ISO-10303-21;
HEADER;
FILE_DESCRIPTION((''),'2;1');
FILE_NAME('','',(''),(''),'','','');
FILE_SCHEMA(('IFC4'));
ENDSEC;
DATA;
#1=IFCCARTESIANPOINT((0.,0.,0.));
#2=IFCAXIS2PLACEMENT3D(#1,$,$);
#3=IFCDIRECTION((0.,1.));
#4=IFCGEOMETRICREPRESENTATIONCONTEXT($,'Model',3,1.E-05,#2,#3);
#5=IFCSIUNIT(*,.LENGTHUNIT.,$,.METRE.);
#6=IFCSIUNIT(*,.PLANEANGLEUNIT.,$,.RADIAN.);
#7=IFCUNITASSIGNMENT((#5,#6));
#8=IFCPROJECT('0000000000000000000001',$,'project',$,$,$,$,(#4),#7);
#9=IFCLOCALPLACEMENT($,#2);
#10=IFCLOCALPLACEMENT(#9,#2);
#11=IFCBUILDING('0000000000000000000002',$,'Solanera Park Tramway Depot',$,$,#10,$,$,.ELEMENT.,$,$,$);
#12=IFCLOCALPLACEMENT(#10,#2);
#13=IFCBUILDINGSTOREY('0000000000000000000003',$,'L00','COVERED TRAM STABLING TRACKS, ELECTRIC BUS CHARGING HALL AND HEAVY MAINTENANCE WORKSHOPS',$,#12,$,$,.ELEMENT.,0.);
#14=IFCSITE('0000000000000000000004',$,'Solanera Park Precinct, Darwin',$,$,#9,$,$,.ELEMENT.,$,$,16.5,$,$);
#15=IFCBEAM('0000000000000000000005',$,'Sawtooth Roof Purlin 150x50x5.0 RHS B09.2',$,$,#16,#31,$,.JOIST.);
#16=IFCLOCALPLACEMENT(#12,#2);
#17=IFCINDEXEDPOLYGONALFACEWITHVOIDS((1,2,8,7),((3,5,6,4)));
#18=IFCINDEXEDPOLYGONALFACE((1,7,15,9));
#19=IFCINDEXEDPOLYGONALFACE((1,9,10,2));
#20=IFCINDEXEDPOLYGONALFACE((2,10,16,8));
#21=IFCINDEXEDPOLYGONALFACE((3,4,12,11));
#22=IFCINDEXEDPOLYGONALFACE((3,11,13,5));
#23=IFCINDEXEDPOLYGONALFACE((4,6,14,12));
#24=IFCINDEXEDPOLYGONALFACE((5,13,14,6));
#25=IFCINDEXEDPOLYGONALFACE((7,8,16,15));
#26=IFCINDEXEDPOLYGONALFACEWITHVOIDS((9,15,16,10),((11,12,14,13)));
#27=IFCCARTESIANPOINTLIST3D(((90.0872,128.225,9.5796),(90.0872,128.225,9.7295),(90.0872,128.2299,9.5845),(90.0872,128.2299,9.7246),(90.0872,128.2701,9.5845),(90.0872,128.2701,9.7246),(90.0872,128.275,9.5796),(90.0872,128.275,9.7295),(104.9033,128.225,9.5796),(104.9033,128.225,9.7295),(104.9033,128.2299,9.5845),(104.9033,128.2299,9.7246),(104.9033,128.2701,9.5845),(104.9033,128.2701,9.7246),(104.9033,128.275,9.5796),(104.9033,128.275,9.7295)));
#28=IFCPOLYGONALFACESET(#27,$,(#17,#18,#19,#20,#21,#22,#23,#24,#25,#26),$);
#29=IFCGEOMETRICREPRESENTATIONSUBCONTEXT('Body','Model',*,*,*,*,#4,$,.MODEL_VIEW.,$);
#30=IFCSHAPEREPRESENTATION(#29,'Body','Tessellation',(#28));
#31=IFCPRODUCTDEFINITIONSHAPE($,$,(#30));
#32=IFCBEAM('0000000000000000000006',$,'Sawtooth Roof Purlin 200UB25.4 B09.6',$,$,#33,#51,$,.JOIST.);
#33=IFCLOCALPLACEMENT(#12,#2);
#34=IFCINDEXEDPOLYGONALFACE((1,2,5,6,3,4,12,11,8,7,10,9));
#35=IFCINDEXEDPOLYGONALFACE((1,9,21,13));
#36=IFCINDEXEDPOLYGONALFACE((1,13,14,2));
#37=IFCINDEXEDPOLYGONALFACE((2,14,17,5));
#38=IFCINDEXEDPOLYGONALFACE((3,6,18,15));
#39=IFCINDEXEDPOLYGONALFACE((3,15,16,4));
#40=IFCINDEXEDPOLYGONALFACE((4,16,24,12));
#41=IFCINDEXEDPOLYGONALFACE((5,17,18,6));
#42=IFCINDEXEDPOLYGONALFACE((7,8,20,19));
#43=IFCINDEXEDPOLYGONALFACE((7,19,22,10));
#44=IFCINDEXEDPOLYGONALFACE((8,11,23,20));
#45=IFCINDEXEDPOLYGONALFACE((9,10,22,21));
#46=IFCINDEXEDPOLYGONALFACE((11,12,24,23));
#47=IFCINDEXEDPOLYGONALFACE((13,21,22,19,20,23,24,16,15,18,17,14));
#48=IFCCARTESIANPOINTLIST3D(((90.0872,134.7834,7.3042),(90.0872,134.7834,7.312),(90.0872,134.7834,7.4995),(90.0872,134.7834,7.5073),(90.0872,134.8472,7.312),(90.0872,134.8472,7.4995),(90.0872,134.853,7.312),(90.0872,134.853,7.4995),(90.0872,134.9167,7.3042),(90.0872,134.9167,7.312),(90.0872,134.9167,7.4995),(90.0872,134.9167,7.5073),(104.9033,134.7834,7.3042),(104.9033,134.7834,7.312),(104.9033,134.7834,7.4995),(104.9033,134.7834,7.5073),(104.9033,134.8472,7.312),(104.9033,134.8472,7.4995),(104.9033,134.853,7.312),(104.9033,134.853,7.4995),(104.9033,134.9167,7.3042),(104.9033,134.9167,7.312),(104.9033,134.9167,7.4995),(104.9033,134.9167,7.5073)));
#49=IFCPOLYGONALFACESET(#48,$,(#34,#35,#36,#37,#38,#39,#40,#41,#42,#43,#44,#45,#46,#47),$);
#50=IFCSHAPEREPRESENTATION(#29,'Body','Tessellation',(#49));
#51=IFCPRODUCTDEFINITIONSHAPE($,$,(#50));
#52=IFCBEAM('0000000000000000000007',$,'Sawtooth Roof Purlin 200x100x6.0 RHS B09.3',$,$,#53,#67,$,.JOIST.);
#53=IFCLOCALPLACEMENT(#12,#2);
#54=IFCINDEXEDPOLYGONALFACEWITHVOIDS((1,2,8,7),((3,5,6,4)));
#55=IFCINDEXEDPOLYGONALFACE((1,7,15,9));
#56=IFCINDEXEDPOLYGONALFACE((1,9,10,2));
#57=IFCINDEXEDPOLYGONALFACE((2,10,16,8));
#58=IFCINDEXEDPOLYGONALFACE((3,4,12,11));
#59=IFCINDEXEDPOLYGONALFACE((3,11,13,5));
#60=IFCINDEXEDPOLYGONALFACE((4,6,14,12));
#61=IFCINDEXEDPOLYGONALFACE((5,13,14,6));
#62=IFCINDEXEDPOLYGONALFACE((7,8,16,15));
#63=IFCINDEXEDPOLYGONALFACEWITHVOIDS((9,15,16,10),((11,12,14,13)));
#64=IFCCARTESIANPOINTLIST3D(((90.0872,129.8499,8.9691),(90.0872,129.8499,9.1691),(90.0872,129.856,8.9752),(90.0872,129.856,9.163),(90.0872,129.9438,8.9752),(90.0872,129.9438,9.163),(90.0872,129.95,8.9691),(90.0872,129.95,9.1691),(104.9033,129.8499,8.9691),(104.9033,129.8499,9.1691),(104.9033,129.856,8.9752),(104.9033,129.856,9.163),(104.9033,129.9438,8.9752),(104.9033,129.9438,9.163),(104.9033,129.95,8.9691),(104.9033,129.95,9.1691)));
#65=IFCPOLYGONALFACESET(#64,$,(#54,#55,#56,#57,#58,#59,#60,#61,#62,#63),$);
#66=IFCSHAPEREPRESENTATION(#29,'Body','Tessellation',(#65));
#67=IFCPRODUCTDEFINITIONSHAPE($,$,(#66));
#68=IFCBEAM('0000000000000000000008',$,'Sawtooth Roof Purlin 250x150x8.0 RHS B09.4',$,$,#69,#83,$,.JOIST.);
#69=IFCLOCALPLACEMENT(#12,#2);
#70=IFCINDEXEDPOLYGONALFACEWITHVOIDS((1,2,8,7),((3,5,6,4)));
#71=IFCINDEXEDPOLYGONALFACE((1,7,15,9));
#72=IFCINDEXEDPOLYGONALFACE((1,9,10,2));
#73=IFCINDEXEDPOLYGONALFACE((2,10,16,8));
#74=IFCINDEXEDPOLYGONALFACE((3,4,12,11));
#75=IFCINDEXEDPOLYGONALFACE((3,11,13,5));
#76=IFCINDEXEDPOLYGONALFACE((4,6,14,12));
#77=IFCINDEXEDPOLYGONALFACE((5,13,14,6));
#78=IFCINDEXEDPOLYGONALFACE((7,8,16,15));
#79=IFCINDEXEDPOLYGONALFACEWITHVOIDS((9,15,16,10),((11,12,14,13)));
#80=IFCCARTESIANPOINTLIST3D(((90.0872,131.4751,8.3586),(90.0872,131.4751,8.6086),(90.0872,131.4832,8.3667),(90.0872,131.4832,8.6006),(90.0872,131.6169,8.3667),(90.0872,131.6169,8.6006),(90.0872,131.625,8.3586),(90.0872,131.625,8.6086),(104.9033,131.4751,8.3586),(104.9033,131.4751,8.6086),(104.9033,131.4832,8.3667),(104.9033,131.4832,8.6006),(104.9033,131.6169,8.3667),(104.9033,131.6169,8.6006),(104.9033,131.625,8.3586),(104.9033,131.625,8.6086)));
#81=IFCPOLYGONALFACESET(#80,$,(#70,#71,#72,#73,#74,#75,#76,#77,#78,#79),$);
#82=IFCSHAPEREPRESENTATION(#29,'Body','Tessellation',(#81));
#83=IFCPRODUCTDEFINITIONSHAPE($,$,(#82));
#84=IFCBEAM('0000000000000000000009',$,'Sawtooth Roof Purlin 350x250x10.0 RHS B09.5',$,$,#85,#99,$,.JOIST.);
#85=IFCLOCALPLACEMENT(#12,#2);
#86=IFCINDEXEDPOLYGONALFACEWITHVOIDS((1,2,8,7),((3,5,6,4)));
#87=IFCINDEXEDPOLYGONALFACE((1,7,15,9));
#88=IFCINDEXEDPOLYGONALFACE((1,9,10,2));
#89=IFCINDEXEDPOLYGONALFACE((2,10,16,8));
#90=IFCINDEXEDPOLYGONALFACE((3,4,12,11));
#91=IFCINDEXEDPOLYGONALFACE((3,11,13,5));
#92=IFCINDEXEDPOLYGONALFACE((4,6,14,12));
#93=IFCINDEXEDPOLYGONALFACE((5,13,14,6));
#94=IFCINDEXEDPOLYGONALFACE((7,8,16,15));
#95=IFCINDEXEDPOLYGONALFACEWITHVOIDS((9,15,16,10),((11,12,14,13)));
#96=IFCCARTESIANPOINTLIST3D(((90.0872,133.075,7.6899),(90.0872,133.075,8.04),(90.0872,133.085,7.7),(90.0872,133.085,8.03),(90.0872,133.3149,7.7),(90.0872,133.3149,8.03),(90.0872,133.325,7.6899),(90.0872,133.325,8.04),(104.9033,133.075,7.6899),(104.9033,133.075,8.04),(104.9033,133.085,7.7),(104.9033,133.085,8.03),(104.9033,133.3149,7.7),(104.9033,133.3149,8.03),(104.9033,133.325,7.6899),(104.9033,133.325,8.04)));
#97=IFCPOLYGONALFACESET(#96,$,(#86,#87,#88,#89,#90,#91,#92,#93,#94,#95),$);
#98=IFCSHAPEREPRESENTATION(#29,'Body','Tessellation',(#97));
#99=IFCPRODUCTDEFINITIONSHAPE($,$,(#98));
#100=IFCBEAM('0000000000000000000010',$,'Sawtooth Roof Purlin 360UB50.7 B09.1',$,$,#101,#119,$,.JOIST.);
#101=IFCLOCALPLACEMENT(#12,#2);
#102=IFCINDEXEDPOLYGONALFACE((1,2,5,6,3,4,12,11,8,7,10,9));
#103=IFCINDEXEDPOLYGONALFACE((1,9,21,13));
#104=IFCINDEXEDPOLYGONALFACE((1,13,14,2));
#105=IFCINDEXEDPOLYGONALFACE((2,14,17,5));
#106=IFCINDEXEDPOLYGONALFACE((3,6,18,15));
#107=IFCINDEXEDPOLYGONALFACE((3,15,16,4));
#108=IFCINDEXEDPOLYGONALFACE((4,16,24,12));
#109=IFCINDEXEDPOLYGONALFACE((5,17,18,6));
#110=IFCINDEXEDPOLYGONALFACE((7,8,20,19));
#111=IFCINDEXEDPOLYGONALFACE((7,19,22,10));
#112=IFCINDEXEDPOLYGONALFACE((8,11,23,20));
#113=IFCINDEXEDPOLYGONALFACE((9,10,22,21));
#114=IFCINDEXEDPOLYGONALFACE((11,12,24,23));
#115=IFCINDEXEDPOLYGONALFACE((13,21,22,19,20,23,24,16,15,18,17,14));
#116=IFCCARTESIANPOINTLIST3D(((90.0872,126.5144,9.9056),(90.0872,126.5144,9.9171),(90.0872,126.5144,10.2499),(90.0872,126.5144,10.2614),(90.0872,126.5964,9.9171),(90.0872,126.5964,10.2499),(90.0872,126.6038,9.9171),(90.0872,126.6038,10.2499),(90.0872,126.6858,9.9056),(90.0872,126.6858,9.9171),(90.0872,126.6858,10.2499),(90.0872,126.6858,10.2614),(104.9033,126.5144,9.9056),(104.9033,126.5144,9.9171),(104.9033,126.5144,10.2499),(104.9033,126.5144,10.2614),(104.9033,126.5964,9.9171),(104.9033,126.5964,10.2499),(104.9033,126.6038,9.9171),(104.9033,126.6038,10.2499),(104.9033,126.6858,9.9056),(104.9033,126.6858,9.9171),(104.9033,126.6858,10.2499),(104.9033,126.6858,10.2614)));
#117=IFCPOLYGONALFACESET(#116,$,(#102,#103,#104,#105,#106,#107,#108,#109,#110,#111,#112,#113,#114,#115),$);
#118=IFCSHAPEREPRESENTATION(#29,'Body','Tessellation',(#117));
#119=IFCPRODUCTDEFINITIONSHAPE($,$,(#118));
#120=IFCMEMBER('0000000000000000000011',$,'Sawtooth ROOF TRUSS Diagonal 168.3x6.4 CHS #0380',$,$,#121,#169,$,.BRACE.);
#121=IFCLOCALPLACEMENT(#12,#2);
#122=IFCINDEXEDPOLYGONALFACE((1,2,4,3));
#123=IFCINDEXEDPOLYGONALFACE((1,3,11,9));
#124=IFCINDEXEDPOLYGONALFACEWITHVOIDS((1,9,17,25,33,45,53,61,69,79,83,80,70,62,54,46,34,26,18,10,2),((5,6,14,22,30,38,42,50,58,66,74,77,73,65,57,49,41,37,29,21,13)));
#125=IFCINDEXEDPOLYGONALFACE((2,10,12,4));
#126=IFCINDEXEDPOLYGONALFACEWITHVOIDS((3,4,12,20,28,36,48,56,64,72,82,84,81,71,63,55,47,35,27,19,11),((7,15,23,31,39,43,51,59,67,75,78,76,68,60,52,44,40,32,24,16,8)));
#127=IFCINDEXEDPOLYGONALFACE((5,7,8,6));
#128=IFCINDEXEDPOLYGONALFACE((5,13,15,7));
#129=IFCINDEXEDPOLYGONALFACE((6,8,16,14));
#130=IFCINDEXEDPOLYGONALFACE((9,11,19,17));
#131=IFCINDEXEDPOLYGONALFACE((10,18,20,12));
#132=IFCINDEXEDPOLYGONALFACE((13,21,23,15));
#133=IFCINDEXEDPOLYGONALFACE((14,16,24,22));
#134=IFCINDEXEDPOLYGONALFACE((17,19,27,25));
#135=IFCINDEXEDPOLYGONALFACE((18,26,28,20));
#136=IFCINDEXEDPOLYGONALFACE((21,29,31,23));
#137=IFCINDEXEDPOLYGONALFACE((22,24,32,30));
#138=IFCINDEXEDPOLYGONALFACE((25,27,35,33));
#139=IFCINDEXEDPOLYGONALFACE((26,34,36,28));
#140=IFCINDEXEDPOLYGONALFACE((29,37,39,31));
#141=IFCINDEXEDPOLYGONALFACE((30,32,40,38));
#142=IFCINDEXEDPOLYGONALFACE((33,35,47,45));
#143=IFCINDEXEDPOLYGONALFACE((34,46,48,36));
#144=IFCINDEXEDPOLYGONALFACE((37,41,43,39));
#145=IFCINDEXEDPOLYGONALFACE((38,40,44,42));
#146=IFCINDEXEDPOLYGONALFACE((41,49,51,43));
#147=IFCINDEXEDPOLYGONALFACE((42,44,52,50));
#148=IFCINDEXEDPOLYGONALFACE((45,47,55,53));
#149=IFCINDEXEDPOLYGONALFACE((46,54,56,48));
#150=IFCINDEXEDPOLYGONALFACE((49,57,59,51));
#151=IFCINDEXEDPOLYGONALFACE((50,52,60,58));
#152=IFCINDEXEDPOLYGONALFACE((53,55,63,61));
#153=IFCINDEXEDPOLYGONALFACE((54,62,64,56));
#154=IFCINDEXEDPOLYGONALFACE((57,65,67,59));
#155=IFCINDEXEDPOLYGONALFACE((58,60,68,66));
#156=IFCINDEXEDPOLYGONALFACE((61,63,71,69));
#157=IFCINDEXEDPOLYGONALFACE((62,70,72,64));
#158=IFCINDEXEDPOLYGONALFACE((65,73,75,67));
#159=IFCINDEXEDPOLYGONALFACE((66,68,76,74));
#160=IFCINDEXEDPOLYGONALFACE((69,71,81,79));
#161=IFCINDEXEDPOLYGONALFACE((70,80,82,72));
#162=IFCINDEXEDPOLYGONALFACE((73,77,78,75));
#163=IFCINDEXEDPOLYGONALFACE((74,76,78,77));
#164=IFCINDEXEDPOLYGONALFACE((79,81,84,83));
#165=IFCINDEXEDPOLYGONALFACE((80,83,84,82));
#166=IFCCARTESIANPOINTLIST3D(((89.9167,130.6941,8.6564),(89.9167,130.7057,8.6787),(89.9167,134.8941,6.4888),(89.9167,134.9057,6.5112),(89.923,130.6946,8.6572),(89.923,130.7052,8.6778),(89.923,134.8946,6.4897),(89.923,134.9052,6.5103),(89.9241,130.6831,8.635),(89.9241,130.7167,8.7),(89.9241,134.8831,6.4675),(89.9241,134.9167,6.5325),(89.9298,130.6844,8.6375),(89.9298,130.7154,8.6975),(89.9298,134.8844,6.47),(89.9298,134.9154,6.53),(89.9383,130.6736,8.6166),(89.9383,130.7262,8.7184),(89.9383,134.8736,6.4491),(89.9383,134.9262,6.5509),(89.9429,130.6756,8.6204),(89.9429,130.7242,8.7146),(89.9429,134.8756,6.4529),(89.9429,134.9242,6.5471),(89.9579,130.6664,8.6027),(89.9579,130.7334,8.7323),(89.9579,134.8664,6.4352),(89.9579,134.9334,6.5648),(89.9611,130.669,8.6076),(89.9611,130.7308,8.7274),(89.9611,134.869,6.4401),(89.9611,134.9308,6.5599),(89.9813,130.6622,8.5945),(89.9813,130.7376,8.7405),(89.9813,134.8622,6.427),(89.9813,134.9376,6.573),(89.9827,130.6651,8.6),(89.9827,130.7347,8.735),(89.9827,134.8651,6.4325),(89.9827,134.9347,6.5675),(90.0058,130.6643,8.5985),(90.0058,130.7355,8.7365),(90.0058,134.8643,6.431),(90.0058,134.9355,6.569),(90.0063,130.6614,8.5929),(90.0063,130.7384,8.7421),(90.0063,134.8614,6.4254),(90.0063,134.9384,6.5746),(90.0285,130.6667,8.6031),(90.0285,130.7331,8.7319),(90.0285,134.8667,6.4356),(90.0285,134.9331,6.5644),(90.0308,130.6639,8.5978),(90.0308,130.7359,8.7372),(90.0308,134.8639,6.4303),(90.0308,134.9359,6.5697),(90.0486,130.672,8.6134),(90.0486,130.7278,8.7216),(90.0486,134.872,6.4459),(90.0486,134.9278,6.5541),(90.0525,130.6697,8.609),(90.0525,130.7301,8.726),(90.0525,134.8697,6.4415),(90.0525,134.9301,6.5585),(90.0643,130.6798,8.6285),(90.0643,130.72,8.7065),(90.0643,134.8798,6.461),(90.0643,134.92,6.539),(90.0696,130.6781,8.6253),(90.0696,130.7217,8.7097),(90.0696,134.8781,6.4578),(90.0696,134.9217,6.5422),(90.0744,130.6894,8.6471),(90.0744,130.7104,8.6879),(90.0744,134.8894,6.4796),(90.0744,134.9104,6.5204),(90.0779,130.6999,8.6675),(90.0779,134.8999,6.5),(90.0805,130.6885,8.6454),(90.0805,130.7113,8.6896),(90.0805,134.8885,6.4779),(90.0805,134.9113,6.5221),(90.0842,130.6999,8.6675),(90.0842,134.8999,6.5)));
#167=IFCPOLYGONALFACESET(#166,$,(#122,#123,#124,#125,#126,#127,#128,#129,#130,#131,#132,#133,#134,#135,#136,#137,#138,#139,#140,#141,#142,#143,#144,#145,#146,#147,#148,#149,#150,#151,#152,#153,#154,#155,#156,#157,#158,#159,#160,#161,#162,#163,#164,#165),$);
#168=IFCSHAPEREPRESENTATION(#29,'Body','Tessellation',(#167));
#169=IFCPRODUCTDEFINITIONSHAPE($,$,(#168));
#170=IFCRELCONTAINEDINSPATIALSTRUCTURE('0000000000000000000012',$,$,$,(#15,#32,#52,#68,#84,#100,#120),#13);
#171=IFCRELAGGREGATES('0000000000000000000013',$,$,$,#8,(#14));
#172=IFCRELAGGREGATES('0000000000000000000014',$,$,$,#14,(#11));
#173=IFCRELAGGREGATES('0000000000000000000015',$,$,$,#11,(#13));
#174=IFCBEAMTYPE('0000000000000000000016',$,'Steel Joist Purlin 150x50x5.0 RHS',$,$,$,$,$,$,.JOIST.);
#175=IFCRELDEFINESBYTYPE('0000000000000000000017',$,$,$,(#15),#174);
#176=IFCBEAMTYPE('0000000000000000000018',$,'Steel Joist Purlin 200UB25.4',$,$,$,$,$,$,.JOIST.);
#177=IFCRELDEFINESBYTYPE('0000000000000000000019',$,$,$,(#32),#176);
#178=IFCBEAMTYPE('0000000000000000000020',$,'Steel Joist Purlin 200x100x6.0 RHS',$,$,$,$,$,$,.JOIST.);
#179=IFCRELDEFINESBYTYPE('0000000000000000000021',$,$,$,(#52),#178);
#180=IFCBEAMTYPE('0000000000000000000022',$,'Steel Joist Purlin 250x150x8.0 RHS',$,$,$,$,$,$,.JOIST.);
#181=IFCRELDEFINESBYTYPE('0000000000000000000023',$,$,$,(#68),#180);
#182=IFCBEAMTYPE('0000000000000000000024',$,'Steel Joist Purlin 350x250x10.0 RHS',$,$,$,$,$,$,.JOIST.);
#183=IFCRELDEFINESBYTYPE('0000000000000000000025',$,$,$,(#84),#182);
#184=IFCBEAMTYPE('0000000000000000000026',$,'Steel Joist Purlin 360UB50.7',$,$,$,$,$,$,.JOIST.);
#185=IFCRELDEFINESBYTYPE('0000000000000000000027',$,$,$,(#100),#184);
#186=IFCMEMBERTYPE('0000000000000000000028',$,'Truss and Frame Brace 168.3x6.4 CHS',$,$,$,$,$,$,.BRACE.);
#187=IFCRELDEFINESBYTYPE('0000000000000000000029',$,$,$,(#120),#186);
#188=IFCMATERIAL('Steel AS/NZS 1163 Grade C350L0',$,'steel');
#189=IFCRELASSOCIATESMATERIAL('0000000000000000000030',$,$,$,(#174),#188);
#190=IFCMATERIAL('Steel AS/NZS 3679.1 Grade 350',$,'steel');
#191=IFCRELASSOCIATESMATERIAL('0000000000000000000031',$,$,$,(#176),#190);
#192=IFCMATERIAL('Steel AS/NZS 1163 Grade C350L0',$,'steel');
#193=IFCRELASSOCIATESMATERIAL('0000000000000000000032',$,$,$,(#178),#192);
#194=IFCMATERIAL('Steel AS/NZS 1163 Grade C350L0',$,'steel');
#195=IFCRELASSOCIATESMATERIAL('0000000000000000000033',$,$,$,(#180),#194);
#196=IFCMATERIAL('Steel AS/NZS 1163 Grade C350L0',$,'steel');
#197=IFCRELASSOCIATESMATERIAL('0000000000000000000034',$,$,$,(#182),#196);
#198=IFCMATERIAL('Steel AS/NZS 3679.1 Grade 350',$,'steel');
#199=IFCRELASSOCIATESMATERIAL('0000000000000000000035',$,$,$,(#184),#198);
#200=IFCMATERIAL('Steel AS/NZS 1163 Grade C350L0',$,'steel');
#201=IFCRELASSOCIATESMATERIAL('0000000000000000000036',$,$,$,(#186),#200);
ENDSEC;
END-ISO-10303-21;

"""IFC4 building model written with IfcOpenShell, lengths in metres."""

from ifc_helpers import new_model, si_unit, direction, frame, origin, origin_2d, place, context, subcontext, project, spatial, hollow_rectangle, hollow_circle, i_section, extrude, material, material_profile, profile_set, type_object, element, save


model = new_model("IFC4")

# Units and contexts
model_context = context("Model", 3, precision=1e-05, world=origin(), true_north=direction((0.0, 1.0)))
body_context = subcontext(model_context, "Body", "Model", "MODEL_VIEW")
ifc_project = project(units=[si_unit("LENGTHUNIT", "METRE"), si_unit("PLANEANGLEUNIT", "RADIAN")], contexts=[model_context])

# Site, building, storey
site_placement = place(None, origin())
site = spatial("IfcSite", under=ifc_project, at=site_placement, Name="Solanera Park Precinct, Darwin", CompositionType="ELEMENT", RefElevation=16.5)
building_placement = place(site_placement, origin())
building = spatial("IfcBuilding", under=site, at=building_placement, Name="Solanera Park Tramway Depot", CompositionType="ELEMENT")
storey_placement = place(building_placement, origin())
storey = spatial("IfcBuildingStorey", under=building, at=storey_placement, Name="L00", Description="COVERED TRAM STABLING TRACKS, ELECTRIC BUS CHARGING HALL AND HEAVY MAINTENANCE WORKSHOPS", CompositionType="ELEMENT", Elevation=0.0)

# Beams
ifc_material_1 = material(Name="Steel AS/NZS 1163 Grade C350L0", Category="steel")
ifc_material_profile_1 = material_profile(ifc_material_1, hollow_rectangle(XDim=0.05, YDim=0.1499, WallThickness=0.0049, at=origin_2d()), Name="150x50x5.0 RHS")
ifc_profile_set_1 = profile_set([ifc_material_profile_1], Name="Steel AS/NZS 1163 Grade C350L0")
beam_type_1 = type_object("IfcBeamType", Name="Steel Joist Purlin 150x50x5.0 RHS", PredefinedType="JOIST", material=ifc_profile_set_1)
beam_1_placement = place(storey_placement, frame((90.0872, 128.25, 9.6545), z_axis=(1.0, 0.0, 0.0), x_axis=(0.0, 1.0, 0.0)))
element("IfcBeam", 1, at=beam_1_placement, inside=storey, type_object=beam_type_1, Name="Sawtooth Roof Purlin 150x50x5.0 RHS B09.2", PredefinedType="JOIST", context=body_context, shape_type="SweptSolid", body=[
    extrude(hollow_rectangle(XDim=0.05, YDim=0.1499, WallThickness=0.0049, at=origin_2d()), origin(), (0.0, 0.0, 1.0), 14.8162),
])
ifc_material_2 = material(Name="Steel AS/NZS 3679.1 Grade 350", Category="steel")
ifc_material_profile_2 = material_profile(ifc_material_2, i_section(OverallWidth=0.1333, OverallDepth=0.2031, WebThickness=0.0059, FlangeThickness=0.0078, at=origin_2d()), Name="200UB25.4")
ifc_profile_set_2 = profile_set([ifc_material_profile_2], Name="Steel AS/NZS 3679.1 Grade 350")
beam_type_2 = type_object("IfcBeamType", Name="Steel Joist Purlin 200UB25.4", PredefinedType="JOIST", material=ifc_profile_set_2)
beam_2_placement = place(storey_placement, frame((90.0872, 134.8501, 7.4058), z_axis=(1.0, 0.0, 0.0), x_axis=(0.0, 1.0, 0.0)))
element("IfcBeam", 2, at=beam_2_placement, inside=storey, type_object=beam_type_2, Name="Sawtooth Roof Purlin 200UB25.4 B09.6", PredefinedType="JOIST", context=body_context, shape_type="SweptSolid", body=[
    extrude(i_section(OverallWidth=0.1333, OverallDepth=0.2031, WebThickness=0.0059, FlangeThickness=0.0078, at=origin_2d()), origin(), (0.0, 0.0, 1.0), 14.8162),
])
ifc_material_3 = material(Name="Steel AS/NZS 1163 Grade C350L0", Category="steel")
ifc_material_profile_3 = material_profile(ifc_material_3, hollow_rectangle(XDim=0.1001, YDim=0.2, WallThickness=0.0061, at=origin_2d()), Name="200x100x6.0 RHS")
ifc_profile_set_3 = profile_set([ifc_material_profile_3], Name="Steel AS/NZS 1163 Grade C350L0")
beam_type_3 = type_object("IfcBeamType", Name="Steel Joist Purlin 200x100x6.0 RHS", PredefinedType="JOIST", material=ifc_profile_set_3)
beam_3_placement = place(storey_placement, frame((90.0872, 129.8999, 9.0691), z_axis=(1.0, 0.0, 0.0), x_axis=(0.0, 1.0, 0.0)))
element("IfcBeam", 3, at=beam_3_placement, inside=storey, type_object=beam_type_3, Name="Sawtooth Roof Purlin 200x100x6.0 RHS B09.3", PredefinedType="JOIST", context=body_context, shape_type="SweptSolid", body=[
    extrude(hollow_rectangle(XDim=0.1001, YDim=0.2, WallThickness=0.0061, at=origin_2d()), origin(), (0.0, 0.0, 1.0), 14.8162),
])
ifc_material_4 = material(Name="Steel AS/NZS 1163 Grade C350L0", Category="steel")
ifc_material_profile_4 = material_profile(ifc_material_4, hollow_rectangle(XDim=0.1499, YDim=0.25, WallThickness=0.0081, at=origin_2d()), Name="250x150x8.0 RHS")
ifc_profile_set_4 = profile_set([ifc_material_profile_4], Name="Steel AS/NZS 1163 Grade C350L0")
beam_type_4 = type_object("IfcBeamType", Name="Steel Joist Purlin 250x150x8.0 RHS", PredefinedType="JOIST", material=ifc_profile_set_4)
beam_4_placement = place(storey_placement, frame((90.0872, 131.55, 8.4836), z_axis=(1.0, 0.0, 0.0), x_axis=(0.0, 1.0, 0.0)))
element("IfcBeam", 4, at=beam_4_placement, inside=storey, type_object=beam_type_4, Name="Sawtooth Roof Purlin 250x150x8.0 RHS B09.4", PredefinedType="JOIST", context=body_context, shape_type="SweptSolid", body=[
    extrude(hollow_rectangle(XDim=0.1499, YDim=0.25, WallThickness=0.0081, at=origin_2d()), origin(), (0.0, 0.0, 1.0), 14.8162),
])
ifc_material_5 = material(Name="Steel AS/NZS 1163 Grade C350L0", Category="steel")
ifc_material_profile_5 = material_profile(ifc_material_5, hollow_rectangle(XDim=0.25, YDim=0.3501, WallThickness=0.01, at=origin_2d()), Name="350x250x10.0 RHS")
ifc_profile_set_5 = profile_set([ifc_material_profile_5], Name="Steel AS/NZS 1163 Grade C350L0")
beam_type_5 = type_object("IfcBeamType", Name="Steel Joist Purlin 350x250x10.0 RHS", PredefinedType="JOIST", material=ifc_profile_set_5)
beam_5_placement = place(storey_placement, frame((90.0872, 133.2, 7.865), z_axis=(1.0, 0.0, 0.0), x_axis=(0.0, 1.0, 0.0)))
element("IfcBeam", 5, at=beam_5_placement, inside=storey, type_object=beam_type_5, Name="Sawtooth Roof Purlin 350x250x10.0 RHS B09.5", PredefinedType="JOIST", context=body_context, shape_type="SweptSolid", body=[
    extrude(hollow_rectangle(XDim=0.25, YDim=0.3501, WallThickness=0.01, at=origin_2d()), origin(), (0.0, 0.0, 1.0), 14.8162),
])
ifc_material_6 = material(Name="Steel AS/NZS 3679.1 Grade 350", Category="steel")
ifc_material_profile_6 = material_profile(ifc_material_6, i_section(OverallWidth=0.1714, OverallDepth=0.3557, WebThickness=0.0073, FlangeThickness=0.0115, at=origin_2d()), Name="360UB50.7")
ifc_profile_set_6 = profile_set([ifc_material_profile_6], Name="Steel AS/NZS 3679.1 Grade 350")
beam_type_6 = type_object("IfcBeamType", Name="Steel Joist Purlin 360UB50.7", PredefinedType="JOIST", material=ifc_profile_set_6)
beam_6_placement = place(storey_placement, frame((90.0872, 126.6001, 10.0835), z_axis=(1.0, 0.0, 0.0), x_axis=(0.0, 1.0, 0.0)))
element("IfcBeam", 6, at=beam_6_placement, inside=storey, type_object=beam_type_6, Name="Sawtooth Roof Purlin 360UB50.7 B09.1", PredefinedType="JOIST", context=body_context, shape_type="SweptSolid", body=[
    extrude(i_section(OverallWidth=0.1714, OverallDepth=0.3557, WebThickness=0.0073, FlangeThickness=0.0115, at=origin_2d()), origin(), (0.0, 0.0, 1.0), 14.8162),
])

# Member
ifc_material_7 = material(Name="Steel AS/NZS 1163 Grade C350L0", Category="steel")
ifc_material_profile_7 = material_profile(ifc_material_7, hollow_circle(Radius=0.0842, WallThickness=0.0063, at=origin_2d()), Name="168.3x6.4 CHS")
ifc_profile_set_7 = profile_set([ifc_material_profile_7], Name="Steel AS/NZS 1163 Grade C350L0")
member_type_1 = type_object("IfcMemberType", Name="Truss and Frame Brace 168.3x6.4 CHS", PredefinedType="BRACE", material=ifc_profile_set_7)
member_1_placement = place(storey_placement, frame((90.0, 134.8999, 6.5), z_axis=(0.0, -0.888641, 0.458603), x_axis=(1.0, 0.0, 0.0)))
element("IfcMember", 7, at=member_1_placement, inside=storey, type_object=member_type_1, Name="Sawtooth ROOF TRUSS Diagonal 168.3x6.4 CHS #0380", PredefinedType="BRACE", context=body_context, shape_type="SweptSolid", body=[
    extrude(hollow_circle(Radius=0.0842, WallThickness=0.0063, at=origin_2d()), origin(), (0.0, 0.0, 1.0), 4.7263),
])

save(model, "model.ifc")
